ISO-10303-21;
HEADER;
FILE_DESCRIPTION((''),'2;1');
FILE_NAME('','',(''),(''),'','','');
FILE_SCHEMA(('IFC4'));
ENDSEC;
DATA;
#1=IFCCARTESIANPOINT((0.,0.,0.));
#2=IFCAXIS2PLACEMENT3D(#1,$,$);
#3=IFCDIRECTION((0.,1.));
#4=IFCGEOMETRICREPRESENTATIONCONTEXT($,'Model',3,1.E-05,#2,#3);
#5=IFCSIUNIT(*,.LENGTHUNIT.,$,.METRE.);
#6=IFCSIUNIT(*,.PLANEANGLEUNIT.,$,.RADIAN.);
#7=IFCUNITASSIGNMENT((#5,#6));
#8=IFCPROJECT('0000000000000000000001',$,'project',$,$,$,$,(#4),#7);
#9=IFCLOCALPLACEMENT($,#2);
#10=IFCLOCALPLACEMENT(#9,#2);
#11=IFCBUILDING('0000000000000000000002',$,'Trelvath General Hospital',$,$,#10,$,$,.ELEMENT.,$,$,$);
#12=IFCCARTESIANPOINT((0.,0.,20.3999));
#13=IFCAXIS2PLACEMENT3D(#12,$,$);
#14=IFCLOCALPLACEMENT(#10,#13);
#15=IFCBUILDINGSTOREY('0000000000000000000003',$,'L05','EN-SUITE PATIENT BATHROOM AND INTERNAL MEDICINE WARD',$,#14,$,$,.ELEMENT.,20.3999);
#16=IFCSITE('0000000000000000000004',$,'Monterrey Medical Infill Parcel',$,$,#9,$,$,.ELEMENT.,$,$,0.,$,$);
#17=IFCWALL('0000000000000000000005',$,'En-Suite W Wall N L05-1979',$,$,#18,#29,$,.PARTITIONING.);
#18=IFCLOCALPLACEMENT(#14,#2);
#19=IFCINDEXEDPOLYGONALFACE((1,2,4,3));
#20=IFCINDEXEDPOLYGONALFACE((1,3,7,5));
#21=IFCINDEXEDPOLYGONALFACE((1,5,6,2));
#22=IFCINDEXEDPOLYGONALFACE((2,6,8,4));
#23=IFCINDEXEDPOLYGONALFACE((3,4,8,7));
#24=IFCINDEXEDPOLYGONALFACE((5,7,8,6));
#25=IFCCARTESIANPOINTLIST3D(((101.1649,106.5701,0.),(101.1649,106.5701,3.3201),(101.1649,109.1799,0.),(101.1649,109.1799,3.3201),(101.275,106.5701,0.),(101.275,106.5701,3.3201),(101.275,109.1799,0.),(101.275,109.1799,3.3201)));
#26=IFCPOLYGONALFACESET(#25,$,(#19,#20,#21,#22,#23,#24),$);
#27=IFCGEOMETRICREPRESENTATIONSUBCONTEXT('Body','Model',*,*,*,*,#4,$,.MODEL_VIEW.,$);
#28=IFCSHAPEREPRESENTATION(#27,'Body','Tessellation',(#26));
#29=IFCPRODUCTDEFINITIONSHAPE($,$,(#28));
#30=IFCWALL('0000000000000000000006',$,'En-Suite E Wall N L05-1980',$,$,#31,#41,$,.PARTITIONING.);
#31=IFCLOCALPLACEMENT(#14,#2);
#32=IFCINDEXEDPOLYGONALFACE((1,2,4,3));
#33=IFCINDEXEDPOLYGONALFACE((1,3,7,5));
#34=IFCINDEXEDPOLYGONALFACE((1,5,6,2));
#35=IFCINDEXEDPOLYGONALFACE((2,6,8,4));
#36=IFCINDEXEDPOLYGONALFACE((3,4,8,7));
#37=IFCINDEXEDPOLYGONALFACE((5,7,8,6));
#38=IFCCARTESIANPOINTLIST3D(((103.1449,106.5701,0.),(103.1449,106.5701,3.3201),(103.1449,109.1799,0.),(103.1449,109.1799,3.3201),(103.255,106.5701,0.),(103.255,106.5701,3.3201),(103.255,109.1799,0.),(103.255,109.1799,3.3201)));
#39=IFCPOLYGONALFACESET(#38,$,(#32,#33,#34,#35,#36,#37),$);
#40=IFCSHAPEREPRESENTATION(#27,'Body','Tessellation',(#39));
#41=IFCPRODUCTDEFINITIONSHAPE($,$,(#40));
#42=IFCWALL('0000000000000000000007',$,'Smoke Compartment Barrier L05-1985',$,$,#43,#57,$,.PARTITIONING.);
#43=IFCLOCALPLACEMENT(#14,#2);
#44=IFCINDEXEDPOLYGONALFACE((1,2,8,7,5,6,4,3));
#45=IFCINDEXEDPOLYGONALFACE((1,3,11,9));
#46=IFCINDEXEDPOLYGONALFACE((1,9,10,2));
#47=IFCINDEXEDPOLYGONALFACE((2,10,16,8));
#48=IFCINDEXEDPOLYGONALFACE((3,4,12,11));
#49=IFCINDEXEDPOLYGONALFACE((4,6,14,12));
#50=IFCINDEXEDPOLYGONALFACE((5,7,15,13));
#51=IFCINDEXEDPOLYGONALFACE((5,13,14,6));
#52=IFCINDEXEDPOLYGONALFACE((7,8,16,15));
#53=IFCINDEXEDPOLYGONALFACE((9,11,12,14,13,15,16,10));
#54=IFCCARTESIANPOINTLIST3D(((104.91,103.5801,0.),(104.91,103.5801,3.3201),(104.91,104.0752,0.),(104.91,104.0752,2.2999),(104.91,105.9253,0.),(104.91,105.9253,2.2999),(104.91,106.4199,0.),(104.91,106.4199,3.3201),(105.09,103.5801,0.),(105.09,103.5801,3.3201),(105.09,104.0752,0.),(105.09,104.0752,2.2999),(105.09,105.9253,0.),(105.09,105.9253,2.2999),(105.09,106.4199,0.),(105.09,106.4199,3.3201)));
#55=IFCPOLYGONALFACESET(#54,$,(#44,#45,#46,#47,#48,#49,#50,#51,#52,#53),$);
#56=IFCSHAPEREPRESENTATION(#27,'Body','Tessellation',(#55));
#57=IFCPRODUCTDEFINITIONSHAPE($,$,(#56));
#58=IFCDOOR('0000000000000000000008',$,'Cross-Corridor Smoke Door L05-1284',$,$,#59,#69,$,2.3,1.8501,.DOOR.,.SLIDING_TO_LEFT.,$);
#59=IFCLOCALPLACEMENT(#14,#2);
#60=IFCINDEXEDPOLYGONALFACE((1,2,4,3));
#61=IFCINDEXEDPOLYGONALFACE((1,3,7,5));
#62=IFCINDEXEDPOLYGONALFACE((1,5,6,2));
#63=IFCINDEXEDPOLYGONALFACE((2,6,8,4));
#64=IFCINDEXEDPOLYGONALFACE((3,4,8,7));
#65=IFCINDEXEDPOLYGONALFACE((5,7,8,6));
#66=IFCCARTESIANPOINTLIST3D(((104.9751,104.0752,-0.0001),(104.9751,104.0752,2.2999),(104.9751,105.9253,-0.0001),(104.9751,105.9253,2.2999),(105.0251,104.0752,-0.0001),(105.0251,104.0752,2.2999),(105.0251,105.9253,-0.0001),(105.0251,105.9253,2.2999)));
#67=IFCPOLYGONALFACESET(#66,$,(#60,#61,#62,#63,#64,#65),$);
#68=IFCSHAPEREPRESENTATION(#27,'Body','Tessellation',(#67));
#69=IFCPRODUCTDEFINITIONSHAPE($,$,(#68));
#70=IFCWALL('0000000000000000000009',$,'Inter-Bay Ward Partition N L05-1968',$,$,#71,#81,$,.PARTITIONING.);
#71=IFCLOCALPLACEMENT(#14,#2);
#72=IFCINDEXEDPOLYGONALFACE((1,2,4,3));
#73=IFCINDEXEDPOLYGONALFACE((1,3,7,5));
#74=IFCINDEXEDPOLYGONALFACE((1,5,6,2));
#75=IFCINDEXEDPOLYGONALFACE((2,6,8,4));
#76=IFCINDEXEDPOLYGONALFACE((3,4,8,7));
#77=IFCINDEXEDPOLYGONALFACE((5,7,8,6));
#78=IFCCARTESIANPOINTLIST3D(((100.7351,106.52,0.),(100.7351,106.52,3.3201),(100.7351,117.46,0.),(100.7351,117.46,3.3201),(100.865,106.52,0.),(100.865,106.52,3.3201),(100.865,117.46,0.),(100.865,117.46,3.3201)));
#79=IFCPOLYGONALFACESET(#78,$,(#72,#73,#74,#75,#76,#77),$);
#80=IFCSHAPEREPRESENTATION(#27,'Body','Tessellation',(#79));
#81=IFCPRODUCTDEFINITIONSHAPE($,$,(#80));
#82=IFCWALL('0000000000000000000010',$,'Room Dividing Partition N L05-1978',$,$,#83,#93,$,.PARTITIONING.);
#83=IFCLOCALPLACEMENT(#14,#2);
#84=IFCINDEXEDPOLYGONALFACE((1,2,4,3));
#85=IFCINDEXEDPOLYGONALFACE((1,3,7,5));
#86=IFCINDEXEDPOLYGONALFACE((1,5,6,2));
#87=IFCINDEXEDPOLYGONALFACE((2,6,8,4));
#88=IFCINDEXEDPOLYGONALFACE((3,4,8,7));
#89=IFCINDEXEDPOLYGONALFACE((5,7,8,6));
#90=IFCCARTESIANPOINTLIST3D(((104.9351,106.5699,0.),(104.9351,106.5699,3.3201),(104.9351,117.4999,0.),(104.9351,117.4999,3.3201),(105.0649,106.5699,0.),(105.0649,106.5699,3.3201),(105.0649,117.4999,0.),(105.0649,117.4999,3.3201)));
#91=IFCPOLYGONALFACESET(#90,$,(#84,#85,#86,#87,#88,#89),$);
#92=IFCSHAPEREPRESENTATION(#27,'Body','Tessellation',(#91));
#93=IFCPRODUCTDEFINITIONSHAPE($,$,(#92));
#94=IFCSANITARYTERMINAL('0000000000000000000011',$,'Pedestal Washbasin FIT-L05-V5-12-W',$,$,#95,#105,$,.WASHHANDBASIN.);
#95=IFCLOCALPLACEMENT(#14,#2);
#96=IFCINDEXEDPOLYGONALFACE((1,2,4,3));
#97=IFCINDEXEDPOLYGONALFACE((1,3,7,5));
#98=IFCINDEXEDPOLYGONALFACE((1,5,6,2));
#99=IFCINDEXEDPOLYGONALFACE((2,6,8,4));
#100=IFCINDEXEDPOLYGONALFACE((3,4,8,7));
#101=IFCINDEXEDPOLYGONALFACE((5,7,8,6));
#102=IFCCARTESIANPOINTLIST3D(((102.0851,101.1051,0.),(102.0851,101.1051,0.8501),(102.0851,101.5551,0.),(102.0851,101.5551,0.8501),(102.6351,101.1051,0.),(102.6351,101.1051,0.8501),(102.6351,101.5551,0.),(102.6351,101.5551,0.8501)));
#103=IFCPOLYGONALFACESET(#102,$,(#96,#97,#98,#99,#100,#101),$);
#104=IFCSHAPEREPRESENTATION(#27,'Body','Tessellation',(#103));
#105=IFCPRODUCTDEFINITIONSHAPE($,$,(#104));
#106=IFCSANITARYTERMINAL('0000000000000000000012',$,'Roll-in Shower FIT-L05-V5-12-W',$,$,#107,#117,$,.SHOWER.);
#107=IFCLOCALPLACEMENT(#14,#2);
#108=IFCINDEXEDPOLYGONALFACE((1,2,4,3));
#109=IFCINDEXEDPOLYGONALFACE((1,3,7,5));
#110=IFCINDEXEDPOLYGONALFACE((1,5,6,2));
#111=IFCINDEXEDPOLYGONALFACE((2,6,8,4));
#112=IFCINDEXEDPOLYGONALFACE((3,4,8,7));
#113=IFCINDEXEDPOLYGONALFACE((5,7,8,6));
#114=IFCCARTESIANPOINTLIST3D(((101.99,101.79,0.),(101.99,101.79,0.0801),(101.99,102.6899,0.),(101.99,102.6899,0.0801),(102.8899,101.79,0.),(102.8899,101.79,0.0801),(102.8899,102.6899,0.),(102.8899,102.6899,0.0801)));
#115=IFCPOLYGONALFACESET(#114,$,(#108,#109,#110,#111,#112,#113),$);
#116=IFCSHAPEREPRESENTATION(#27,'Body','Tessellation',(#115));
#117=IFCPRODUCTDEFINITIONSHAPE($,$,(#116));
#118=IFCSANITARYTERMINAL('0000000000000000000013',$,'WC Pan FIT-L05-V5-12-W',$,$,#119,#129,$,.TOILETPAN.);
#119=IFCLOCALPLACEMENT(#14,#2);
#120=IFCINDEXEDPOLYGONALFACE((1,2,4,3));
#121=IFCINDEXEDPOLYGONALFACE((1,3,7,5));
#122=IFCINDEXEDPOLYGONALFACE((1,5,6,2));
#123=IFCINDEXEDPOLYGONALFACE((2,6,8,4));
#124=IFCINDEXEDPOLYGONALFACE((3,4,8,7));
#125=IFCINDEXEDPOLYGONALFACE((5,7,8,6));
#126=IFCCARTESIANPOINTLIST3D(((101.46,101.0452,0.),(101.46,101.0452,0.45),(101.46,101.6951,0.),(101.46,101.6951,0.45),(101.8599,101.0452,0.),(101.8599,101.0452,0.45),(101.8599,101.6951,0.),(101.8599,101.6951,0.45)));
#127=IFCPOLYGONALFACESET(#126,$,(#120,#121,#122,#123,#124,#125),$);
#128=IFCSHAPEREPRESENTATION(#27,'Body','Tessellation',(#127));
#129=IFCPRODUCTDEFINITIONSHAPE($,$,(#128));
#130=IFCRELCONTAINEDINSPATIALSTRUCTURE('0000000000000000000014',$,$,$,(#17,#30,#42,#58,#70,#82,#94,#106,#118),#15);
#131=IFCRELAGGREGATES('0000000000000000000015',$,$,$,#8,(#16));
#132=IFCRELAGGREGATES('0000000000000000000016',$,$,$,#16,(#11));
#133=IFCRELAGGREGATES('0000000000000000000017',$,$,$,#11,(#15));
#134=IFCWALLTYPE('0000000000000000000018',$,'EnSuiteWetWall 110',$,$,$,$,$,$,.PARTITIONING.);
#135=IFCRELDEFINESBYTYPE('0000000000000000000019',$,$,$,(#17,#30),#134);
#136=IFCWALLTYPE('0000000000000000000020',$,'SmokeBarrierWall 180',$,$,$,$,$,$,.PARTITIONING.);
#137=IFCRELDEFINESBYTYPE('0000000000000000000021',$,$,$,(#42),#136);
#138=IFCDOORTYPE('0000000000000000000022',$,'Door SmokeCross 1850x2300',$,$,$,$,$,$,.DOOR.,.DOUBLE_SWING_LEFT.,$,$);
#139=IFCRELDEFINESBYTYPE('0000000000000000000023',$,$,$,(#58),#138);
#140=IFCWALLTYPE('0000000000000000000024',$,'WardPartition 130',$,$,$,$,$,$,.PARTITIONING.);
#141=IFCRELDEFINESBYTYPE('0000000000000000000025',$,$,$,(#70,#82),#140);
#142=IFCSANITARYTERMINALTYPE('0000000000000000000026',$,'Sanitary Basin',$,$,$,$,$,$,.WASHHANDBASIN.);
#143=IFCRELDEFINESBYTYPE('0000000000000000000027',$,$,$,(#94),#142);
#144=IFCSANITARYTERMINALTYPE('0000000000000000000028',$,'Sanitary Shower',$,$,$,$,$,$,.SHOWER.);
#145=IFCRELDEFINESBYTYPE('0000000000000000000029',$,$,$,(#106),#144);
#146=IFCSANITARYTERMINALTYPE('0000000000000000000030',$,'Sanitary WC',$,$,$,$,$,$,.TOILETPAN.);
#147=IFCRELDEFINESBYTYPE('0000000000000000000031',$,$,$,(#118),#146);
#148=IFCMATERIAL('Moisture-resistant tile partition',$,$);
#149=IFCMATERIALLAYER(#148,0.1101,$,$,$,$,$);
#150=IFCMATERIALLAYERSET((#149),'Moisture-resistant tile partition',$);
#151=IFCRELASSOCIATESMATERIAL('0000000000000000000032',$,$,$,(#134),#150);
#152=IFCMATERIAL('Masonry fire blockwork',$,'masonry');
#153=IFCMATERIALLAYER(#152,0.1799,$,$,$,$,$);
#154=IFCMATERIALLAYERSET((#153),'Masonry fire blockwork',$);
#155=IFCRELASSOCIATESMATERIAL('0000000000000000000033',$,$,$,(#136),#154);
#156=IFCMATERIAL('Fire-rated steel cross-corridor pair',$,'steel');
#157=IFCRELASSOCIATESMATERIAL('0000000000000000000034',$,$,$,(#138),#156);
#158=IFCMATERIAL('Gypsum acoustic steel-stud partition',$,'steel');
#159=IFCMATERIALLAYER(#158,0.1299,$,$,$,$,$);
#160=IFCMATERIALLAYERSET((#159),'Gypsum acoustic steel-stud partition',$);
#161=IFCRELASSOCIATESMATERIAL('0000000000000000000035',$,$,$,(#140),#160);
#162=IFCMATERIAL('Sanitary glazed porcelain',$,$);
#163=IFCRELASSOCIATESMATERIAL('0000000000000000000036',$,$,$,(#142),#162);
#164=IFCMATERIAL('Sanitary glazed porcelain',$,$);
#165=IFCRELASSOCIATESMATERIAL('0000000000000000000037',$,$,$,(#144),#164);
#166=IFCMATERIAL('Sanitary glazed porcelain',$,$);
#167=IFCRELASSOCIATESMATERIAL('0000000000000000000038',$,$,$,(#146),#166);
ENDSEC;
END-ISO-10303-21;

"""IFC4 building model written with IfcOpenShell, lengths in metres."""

from ifc_helpers import new_model, si_unit, direction, frame, frame_2d, origin, origin_2d, place, context, subcontext, project, spatial, rectangle, extrude, material, layer, layer_set, type_object, element, fill, save


model = new_model("IFC4")

# Units and contexts
model_context = context("Model", 3, precision=1e-05, world=origin(), true_north=direction((0.0, 1.0)))
body_context = subcontext(model_context, "Body", "Model", "MODEL_VIEW")
ifc_project = project(units=[si_unit("LENGTHUNIT", "METRE"), si_unit("PLANEANGLEUNIT", "RADIAN")], contexts=[model_context])

# Site, building, storey
site_placement = place(None, origin())
site = spatial("IfcSite", under=ifc_project, at=site_placement, Name="Monterrey Medical Infill Parcel", CompositionType="ELEMENT", RefElevation=0.0)
building_placement = place(site_placement, origin())
building = spatial("IfcBuilding", under=site, at=building_placement, Name="Trelvath General Hospital", CompositionType="ELEMENT")
storey_placement = place(building_placement, frame((0.0, 0.0, 20.3999)))
storey = spatial("IfcBuildingStorey", under=building, at=storey_placement, Name="L05", Description="EN-SUITE PATIENT BATHROOM AND INTERNAL MEDICINE WARD", CompositionType="ELEMENT", Elevation=20.3999)

# Shared definitions
ifc_material_1 = material(Name="Moisture-resistant tile partition")
ifc_layer_1 = layer(ifc_material_1, 0.1101)
ifc_layer_set_1 = layer_set([ifc_layer_1], Name="Moisture-resistant tile partition")
wall_type_1 = type_object("IfcWallType", Name="EnSuiteWetWall 110", PredefinedType="PARTITIONING", material=ifc_layer_set_1)

# Walls
for number, where, z_axis, x_axis, name in (
    (1, (101.22, 106.5701, 0.0), (0.0, 0.0, 1.0), (0.0, 1.0, 0.0), "En-Suite W Wall N L05-1979"),
    (2, (103.2, 106.5701, 0.0), (0.0, 0.0, 1.0), (0.0, 1.0, 0.0), "En-Suite E Wall N L05-1980"),
):
    element("IfcWall", number, at=place(storey_placement, frame(where, z_axis=z_axis, x_axis=x_axis)), inside=storey, type_object=wall_type_1, Name=name, PredefinedType="PARTITIONING", context=body_context, shape_type="SweptSolid", body=[
        extrude(rectangle(XDim=2.6099, YDim=0.1101, at=frame_2d((1.3049, 0.0))), origin(), (0.0, 0.0, 1.0), 3.3201),
    ])

# Wall, opening, door
ifc_material_2 = material(Name="Masonry fire blockwork", Category="masonry")
ifc_layer_2 = layer(ifc_material_2, 0.1799)
ifc_layer_set_2 = layer_set([ifc_layer_2], Name="Masonry fire blockwork")
wall_type_2 = type_object("IfcWallType", Name="SmokeBarrierWall 180", PredefinedType="PARTITIONING", material=ifc_layer_set_2)
wall_1_placement = place(storey_placement, frame((105.0, 103.5801, 0.0), z_axis=(0.0, 0.0, 1.0), x_axis=(0.0, 1.0, 0.0)))
wall_1 = element("IfcWall", 3, at=wall_1_placement, inside=storey, type_object=wall_type_2, Name="Smoke Compartment Barrier L05-1985", PredefinedType="PARTITIONING", context=body_context, shape_type="SweptSolid", body=[
    extrude(rectangle(XDim=2.8398, YDim=0.1799, at=frame_2d((1.4199, 0.0))), origin(), (0.0, 0.0, 1.0), 3.3201),
])
opening_1_placement = place(wall_1_placement, frame((0.4951, 0.0, 0.0)))
opening_1 = element("IfcOpeningElement", 4, at=opening_1_placement, cuts=wall_1, PredefinedType="OPENING", context=body_context, shape_type="SweptSolid", body=[
    extrude(rectangle(XDim=1.8501, YDim=2.3, at=frame_2d((0.925, 1.1499))), frame((0.0, 0.0999, 0.0), z_axis=(0.0, -1.0, 0.0), x_axis=(1.0, 0.0, 0.0)), (0.0, 0.0, 1.0), 0.2),
])
ifc_material_3 = material(Name="Fire-rated steel cross-corridor pair", Category="steel")
door_type_1 = type_object("IfcDoorType", Name="Door SmokeCross 1850x2300", OperationType="DOUBLE_SWING_LEFT", PredefinedType="DOOR", material=ifc_material_3)
door_1_placement = place(opening_1_placement, origin())
door_1 = element("IfcDoor", 5, at=door_1_placement, inside=storey, type_object=door_type_1, Name="Cross-Corridor Smoke Door L05-1284", OperationType="SLIDING_TO_LEFT", OverallHeight=2.3, OverallWidth=1.8501, PredefinedType="DOOR", context=body_context, shape_type="SweptSolid", body=[
    extrude(rectangle(XDim=1.8501, YDim=2.3, at=frame_2d((0.925, 1.1499))), frame((0.0, 0.0249, 0.0), z_axis=(0.0, -1.0, 0.0), x_axis=(1.0, 0.0, 0.0)), (0.0, 0.0, 1.0), 0.05),
])
fill(opening_1, door_1)

# Walls
ifc_material_4 = material(Name="Gypsum acoustic steel-stud partition", Category="steel")
ifc_layer_3 = layer(ifc_material_4, 0.1299)
ifc_layer_set_3 = layer_set([ifc_layer_3], Name="Gypsum acoustic steel-stud partition")
wall_type_3 = type_object("IfcWallType", Name="WardPartition 130", PredefinedType="PARTITIONING", material=ifc_layer_set_3)
wall_2_placement = place(storey_placement, frame((100.8, 106.52, 0.0), z_axis=(0.0, 0.0, 1.0), x_axis=(0.0, 1.0, 0.0)))
element("IfcWall", 6, at=wall_2_placement, inside=storey, type_object=wall_type_3, Name="Inter-Bay Ward Partition N L05-1968", PredefinedType="PARTITIONING", context=body_context, shape_type="SweptSolid", body=[
    extrude(rectangle(XDim=10.9399, YDim=0.1299, at=frame_2d((5.47, 0.0))), origin(), (0.0, 0.0, 1.0), 3.3201),
])
wall_3_placement = place(storey_placement, frame((105.0, 106.5701, 0.0), z_axis=(0.0, 0.0, 1.0), x_axis=(0.0, 1.0, 0.0)))
element("IfcWall", 7, at=wall_3_placement, inside=storey, type_object=wall_type_3, Name="Room Dividing Partition N L05-1978", PredefinedType="PARTITIONING", context=body_context, shape_type="SweptSolid", body=[
    extrude(rectangle(XDim=10.9299, YDim=0.1299, at=frame_2d((5.4648, 0.0))), origin(), (0.0, 0.0, 1.0), 3.3201),
])

# Sanitary terminals
ifc_material_5 = material(Name="Sanitary glazed porcelain")
sanitary_terminal_type_1 = type_object("IfcSanitaryTerminalType", Name="Sanitary Basin", PredefinedType="WASHHANDBASIN", material=ifc_material_5)
sanitary_terminal_1_placement = place(storey_placement, frame((102.3601, 101.3301, 0.0), z_axis=(0.0, 0.0, 1.0), x_axis=(1.0, 0.0, 0.0)))
element("IfcSanitaryTerminal", 8, at=sanitary_terminal_1_placement, inside=storey, type_object=sanitary_terminal_type_1, Name="Pedestal Washbasin FIT-L05-V5-12-W", PredefinedType="WASHHANDBASIN", context=body_context, shape_type="SweptSolid", body=[
    extrude(rectangle(XDim=0.55, YDim=0.45, at=origin_2d()), origin(), (0.0, 0.0, 1.0), 0.8501),
])
ifc_material_6 = material(Name="Sanitary glazed porcelain")
sanitary_terminal_type_2 = type_object("IfcSanitaryTerminalType", Name="Sanitary Shower", PredefinedType="SHOWER", material=ifc_material_6)
sanitary_terminal_2_placement = place(storey_placement, frame((102.4399, 102.24, 0.0), z_axis=(0.0, 0.0, 1.0), x_axis=(1.0, 0.0, 0.0)))
element("IfcSanitaryTerminal", 9, at=sanitary_terminal_2_placement, inside=storey, type_object=sanitary_terminal_type_2, Name="Roll-in Shower FIT-L05-V5-12-W", PredefinedType="SHOWER", context=body_context, shape_type="SweptSolid", body=[
    extrude(rectangle(XDim=0.8999, YDim=0.8999, at=origin_2d()), origin(), (0.0, 0.0, 1.0), 0.0801),
])
ifc_material_7 = material(Name="Sanitary glazed porcelain")
sanitary_terminal_type_3 = type_object("IfcSanitaryTerminalType", Name="Sanitary WC", PredefinedType="TOILETPAN", material=ifc_material_7)
sanitary_terminal_3_placement = place(storey_placement, frame((101.6599, 101.3701, 0.0), z_axis=(0.0, 0.0, 1.0), x_axis=(1.0, 0.0, 0.0)))
element("IfcSanitaryTerminal", 10, at=sanitary_terminal_3_placement, inside=storey, type_object=sanitary_terminal_type_3, Name="WC Pan FIT-L05-V5-12-W", PredefinedType="TOILETPAN", context=body_context, shape_type="SweptSolid", body=[
    extrude(rectangle(XDim=0.3999, YDim=0.6499, at=origin_2d()), origin(), (0.0, 0.0, 1.0), 0.45),
])

save(model, "model.ifc")
